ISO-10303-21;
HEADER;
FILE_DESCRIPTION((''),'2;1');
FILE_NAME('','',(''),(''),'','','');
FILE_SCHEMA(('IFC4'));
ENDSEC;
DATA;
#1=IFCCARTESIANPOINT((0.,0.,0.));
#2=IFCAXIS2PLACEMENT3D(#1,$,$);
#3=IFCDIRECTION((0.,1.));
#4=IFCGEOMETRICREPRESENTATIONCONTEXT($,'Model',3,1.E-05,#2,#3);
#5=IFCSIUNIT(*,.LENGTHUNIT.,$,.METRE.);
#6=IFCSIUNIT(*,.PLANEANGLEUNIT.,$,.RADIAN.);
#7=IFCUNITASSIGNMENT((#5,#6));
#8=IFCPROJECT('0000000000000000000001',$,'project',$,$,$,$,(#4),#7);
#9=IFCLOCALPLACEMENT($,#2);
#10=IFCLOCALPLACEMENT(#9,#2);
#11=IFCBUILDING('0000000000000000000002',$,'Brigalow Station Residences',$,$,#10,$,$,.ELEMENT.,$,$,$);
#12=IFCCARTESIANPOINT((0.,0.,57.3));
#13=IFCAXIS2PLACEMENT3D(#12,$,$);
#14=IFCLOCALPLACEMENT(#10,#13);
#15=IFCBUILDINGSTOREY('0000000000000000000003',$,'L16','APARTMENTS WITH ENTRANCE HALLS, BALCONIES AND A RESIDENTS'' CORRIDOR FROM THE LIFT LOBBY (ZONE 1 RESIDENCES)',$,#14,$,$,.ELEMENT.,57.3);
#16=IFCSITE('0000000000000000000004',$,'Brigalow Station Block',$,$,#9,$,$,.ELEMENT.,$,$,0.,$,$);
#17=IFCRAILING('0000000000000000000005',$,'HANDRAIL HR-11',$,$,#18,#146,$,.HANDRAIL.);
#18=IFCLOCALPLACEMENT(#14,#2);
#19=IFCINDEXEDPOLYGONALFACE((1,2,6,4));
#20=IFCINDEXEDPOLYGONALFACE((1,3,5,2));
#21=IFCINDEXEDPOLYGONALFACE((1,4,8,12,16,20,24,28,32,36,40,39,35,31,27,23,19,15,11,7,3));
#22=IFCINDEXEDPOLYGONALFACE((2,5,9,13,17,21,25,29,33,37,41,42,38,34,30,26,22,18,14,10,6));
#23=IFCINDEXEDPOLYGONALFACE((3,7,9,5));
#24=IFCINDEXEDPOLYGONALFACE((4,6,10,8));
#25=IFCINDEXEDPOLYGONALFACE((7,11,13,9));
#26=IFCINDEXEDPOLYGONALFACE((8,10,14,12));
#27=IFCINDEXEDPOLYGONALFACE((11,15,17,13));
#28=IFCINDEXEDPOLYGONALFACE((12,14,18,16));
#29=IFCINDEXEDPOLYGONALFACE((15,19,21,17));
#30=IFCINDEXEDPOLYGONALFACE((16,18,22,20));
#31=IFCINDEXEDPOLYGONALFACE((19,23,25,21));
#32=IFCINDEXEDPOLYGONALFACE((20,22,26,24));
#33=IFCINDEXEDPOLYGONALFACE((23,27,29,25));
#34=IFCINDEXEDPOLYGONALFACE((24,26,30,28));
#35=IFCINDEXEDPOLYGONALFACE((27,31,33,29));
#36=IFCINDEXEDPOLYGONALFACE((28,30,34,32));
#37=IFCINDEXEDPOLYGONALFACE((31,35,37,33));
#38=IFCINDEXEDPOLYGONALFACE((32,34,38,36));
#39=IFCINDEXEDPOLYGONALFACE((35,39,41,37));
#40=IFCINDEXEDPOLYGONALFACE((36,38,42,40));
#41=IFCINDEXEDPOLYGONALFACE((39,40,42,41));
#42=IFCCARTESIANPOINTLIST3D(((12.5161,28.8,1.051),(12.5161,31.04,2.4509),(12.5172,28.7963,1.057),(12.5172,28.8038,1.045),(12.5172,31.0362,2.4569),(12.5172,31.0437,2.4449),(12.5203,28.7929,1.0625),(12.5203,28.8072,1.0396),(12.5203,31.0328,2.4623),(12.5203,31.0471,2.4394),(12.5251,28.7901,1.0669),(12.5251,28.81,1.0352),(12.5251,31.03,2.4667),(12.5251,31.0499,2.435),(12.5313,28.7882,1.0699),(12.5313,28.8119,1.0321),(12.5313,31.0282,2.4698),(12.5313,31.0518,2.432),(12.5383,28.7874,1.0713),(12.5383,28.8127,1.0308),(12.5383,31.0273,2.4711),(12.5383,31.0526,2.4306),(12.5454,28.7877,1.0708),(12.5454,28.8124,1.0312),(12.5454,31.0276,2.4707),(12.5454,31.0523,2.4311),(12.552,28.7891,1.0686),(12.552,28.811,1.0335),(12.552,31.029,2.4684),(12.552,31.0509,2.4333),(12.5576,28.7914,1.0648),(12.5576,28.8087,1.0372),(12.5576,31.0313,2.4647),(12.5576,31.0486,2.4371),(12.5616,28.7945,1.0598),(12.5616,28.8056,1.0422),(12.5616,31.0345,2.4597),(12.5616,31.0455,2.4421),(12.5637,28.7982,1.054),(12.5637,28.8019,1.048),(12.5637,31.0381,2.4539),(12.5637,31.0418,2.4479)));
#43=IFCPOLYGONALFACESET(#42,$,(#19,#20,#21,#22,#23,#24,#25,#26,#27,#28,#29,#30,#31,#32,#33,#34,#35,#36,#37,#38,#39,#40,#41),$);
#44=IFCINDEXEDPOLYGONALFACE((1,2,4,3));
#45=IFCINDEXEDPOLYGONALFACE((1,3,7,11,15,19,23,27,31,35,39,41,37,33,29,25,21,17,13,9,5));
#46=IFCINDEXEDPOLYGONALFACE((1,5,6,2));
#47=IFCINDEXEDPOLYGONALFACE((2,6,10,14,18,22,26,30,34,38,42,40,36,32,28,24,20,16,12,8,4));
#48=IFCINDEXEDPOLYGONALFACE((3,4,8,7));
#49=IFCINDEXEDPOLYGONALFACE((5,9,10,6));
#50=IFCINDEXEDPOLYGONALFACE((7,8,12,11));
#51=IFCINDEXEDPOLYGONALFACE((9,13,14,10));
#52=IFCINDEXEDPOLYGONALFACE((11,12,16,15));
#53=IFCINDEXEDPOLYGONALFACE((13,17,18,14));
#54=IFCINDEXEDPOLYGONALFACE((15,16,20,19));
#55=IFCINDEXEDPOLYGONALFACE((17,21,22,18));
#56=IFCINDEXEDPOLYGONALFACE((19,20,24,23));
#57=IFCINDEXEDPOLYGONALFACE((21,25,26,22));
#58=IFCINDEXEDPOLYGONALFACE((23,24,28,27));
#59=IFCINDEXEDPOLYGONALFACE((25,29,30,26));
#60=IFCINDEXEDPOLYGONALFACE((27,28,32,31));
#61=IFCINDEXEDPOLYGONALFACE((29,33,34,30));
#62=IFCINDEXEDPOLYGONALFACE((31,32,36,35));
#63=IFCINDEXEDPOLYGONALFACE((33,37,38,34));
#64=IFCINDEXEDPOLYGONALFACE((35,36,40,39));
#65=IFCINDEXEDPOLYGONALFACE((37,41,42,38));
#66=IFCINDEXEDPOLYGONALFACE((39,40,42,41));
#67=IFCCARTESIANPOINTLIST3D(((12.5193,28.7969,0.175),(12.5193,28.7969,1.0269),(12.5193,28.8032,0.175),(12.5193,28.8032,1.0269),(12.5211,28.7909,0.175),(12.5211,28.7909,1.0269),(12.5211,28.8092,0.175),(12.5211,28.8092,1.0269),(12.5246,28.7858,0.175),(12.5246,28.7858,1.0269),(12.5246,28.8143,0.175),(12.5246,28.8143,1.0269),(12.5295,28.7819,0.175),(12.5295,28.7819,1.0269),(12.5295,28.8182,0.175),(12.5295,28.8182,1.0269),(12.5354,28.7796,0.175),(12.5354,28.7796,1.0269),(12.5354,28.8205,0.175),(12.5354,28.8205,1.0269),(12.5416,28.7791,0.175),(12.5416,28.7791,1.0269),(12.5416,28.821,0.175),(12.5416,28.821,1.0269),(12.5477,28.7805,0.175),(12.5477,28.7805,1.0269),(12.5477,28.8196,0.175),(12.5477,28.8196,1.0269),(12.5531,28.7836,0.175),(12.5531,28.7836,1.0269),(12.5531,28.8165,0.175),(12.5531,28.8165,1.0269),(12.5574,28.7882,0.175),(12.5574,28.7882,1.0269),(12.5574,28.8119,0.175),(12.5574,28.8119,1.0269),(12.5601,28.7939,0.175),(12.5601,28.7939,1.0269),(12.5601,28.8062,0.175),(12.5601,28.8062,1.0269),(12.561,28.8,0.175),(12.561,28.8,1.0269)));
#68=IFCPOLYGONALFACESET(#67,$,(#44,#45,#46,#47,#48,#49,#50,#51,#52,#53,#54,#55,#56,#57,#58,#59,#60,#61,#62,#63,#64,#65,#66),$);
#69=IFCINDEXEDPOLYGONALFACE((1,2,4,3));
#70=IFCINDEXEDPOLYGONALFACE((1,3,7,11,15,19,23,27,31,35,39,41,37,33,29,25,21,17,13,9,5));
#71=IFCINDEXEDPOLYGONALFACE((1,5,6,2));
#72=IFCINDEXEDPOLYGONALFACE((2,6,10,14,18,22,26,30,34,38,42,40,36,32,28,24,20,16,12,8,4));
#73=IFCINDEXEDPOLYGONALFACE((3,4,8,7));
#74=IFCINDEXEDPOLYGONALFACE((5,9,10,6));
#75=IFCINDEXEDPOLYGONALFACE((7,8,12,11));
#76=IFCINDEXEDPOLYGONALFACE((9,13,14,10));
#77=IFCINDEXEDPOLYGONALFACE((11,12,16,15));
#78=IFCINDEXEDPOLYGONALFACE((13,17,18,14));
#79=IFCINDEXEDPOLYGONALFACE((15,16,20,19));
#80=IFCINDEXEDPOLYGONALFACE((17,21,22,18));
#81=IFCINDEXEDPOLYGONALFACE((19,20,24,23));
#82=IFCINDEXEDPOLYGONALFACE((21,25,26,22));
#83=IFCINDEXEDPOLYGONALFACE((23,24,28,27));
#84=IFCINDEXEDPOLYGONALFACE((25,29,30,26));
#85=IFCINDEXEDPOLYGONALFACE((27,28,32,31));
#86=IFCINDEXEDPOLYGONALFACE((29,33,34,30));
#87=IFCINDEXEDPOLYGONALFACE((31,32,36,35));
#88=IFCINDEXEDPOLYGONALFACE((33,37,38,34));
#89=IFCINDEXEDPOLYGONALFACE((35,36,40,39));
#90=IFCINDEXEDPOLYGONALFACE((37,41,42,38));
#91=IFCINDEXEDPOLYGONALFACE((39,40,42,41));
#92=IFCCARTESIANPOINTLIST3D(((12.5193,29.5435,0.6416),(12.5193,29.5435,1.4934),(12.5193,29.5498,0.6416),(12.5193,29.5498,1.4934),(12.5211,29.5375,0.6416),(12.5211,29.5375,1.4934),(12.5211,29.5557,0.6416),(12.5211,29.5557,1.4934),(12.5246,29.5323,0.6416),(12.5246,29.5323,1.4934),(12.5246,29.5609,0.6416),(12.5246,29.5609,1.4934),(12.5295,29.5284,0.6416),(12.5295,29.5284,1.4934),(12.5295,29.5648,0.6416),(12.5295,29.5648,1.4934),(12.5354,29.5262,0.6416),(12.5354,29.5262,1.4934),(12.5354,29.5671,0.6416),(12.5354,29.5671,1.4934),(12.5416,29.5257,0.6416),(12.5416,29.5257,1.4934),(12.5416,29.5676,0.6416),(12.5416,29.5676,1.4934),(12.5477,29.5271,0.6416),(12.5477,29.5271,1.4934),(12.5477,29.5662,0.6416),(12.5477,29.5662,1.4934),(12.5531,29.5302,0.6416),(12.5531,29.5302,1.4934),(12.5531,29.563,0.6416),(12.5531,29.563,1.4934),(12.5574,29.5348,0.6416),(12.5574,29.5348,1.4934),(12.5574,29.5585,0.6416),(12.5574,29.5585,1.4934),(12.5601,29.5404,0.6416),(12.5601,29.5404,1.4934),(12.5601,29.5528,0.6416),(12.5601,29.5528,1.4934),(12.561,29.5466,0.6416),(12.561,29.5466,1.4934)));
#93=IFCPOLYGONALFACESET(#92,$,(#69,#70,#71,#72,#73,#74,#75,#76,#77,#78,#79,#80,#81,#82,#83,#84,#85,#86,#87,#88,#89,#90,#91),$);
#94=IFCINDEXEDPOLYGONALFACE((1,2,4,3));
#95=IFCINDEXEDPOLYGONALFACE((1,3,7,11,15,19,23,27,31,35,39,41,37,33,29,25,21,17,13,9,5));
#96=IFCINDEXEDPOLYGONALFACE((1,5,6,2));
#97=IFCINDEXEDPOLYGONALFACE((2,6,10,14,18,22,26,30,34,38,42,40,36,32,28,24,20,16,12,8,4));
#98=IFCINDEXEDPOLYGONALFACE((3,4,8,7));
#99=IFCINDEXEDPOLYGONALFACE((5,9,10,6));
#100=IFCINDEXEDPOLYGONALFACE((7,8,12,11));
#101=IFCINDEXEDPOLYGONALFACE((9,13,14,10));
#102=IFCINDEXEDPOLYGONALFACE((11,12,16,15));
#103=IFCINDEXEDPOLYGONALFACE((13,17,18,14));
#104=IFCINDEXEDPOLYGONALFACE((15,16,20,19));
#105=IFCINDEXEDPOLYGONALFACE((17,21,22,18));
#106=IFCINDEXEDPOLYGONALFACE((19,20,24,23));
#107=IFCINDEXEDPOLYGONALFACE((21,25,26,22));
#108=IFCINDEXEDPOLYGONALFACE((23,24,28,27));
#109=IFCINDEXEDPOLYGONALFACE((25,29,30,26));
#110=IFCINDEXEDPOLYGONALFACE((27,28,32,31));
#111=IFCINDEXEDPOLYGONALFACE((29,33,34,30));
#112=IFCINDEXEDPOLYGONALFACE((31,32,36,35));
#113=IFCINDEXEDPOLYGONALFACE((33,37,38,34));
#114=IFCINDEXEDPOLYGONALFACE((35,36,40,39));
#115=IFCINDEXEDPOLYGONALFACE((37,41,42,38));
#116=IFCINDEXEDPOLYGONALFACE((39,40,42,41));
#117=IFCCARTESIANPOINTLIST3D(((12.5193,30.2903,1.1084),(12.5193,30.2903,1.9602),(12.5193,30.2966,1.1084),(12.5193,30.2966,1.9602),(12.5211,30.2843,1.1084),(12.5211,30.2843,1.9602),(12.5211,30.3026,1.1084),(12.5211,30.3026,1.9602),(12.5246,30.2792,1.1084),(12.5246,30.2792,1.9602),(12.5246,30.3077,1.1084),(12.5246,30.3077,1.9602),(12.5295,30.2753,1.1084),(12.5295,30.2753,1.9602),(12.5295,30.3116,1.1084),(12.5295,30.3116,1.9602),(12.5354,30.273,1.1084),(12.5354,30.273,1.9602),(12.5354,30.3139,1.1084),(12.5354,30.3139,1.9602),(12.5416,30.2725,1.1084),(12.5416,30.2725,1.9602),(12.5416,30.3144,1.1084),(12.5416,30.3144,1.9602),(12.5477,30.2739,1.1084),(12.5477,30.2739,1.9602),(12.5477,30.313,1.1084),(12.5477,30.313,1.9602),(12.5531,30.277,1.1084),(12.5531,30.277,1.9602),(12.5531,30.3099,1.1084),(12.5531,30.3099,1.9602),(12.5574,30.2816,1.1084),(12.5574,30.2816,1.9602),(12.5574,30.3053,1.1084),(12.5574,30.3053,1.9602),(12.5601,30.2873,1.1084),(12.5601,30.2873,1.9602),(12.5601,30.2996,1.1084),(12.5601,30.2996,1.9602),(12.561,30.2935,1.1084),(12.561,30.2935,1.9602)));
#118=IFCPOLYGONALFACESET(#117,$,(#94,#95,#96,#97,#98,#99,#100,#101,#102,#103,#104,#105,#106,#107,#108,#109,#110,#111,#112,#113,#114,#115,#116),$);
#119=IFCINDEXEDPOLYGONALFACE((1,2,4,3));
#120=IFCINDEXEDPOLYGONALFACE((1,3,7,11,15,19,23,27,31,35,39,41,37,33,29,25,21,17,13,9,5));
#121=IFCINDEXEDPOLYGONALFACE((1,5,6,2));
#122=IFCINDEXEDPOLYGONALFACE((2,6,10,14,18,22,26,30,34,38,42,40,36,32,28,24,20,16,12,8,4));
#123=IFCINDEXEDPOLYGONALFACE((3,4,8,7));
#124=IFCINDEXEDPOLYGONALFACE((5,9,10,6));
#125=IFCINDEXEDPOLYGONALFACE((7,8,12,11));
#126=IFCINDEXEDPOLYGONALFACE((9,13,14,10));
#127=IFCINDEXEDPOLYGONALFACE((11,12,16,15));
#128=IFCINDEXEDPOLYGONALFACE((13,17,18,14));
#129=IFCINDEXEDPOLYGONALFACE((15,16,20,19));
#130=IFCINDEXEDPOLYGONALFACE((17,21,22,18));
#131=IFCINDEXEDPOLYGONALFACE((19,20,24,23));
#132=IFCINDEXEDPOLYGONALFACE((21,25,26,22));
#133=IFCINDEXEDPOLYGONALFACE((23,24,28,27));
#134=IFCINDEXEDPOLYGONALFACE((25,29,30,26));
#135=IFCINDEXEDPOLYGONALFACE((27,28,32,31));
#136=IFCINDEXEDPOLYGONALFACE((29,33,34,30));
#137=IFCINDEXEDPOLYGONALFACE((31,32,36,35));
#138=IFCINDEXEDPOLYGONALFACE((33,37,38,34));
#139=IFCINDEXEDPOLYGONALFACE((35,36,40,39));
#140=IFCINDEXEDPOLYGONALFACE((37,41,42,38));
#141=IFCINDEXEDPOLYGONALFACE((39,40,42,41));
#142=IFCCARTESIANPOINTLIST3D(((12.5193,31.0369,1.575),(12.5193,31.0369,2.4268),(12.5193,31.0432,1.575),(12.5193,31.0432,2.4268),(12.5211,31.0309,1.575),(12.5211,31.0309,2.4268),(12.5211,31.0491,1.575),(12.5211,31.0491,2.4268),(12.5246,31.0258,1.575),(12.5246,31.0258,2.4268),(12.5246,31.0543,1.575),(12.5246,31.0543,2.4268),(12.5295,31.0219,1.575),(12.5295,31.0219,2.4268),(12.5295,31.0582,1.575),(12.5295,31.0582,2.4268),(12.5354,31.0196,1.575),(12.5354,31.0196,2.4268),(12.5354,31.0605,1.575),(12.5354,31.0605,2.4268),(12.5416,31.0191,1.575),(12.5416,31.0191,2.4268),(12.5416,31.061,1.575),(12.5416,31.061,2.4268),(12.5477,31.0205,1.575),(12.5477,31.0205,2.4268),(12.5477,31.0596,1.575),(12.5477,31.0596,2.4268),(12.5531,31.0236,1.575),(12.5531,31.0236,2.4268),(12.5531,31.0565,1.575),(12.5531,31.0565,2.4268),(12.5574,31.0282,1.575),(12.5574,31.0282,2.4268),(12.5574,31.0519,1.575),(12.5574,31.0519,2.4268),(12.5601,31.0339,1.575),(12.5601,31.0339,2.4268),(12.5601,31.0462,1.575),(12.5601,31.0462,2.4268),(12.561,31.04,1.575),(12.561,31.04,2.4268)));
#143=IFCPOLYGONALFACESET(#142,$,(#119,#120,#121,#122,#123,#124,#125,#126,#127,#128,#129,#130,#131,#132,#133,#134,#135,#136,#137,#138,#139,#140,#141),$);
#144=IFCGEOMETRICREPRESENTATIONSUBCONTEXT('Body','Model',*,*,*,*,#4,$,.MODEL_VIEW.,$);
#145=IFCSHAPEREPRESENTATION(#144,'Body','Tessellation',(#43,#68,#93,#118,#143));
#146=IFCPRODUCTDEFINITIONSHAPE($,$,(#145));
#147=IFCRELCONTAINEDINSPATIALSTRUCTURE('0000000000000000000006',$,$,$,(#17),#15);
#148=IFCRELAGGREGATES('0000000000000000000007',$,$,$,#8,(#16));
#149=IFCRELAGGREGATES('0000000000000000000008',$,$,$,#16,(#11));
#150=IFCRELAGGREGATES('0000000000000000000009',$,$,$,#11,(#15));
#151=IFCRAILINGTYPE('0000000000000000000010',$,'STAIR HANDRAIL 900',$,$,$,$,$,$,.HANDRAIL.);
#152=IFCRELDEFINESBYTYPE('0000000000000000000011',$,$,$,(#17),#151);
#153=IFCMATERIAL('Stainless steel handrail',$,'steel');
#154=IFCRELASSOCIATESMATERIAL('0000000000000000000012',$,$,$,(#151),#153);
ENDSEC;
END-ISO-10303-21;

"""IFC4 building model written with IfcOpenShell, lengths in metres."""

from ifc_helpers import new_model, si_unit, direction, frame, origin, origin_2d, place, context, subcontext, project, spatial, circle, extrude, material, type_object, element, save


model = new_model("IFC4")

# Units and contexts
model_context = context("Model", 3, precision=1e-05, world=origin(), true_north=direction((0.0, 1.0)))
body_context = subcontext(model_context, "Body", "Model", "MODEL_VIEW")
ifc_project = project(units=[si_unit("LENGTHUNIT", "METRE"), si_unit("PLANEANGLEUNIT", "RADIAN")], contexts=[model_context])

# Site, building, storey
site_placement = place(None, origin())
site = spatial("IfcSite", under=ifc_project, at=site_placement, Name="Brigalow Station Block", CompositionType="ELEMENT", RefElevation=0.0)
building_placement = place(site_placement, origin())
building = spatial("IfcBuilding", under=site, at=building_placement, Name="Brigalow Station Residences", CompositionType="ELEMENT")
storey_placement = place(building_placement, frame((0.0, 0.0, 57.3)))
storey = spatial("IfcBuildingStorey", under=building, at=storey_placement, Name="L16", Description="APARTMENTS WITH ENTRANCE HALLS, BALCONIES AND A RESIDENTS' CORRIDOR FROM THE LIFT LOBBY (ZONE 1 RESIDENCES)", CompositionType="ELEMENT", Elevation=57.3)

# Railing
ifc_material_1 = material(Name="Stainless steel handrail", Category="steel")
railing_type = type_object("IfcRailingType", Name="STAIR HANDRAIL 900", PredefinedType="HANDRAIL", material=ifc_material_1)
railing_placement = place(storey_placement, frame((12.54, 28.8, 0.175)))
element("IfcRailing", 1, at=railing_placement, inside=storey, type_object=railing_type, Name="HANDRAIL HR-11", PredefinedType="HANDRAIL", context=body_context, shape_type="SweptSolid", body=[
    extrude(circle(Radius=0.0239, at=origin_2d()), frame((0.0, 0.0, 0.876), z_axis=(0.0, 0.848014, 0.529974), x_axis=(-1.0, 0.0, 0.0)), (0.0, 0.0, 1.0), 2.6414),
    extrude(circle(Radius=0.021, at=origin_2d()), origin(), (0.0, 0.0, 1.0), 0.8518),
    extrude(circle(Radius=0.021, at=origin_2d()), frame((0.0, 0.7466, 0.4666)), (0.0, 0.0, 1.0), 0.8518),
    extrude(circle(Radius=0.021, at=origin_2d()), frame((0.0, 1.4934, 0.9333)), (0.0, 0.0, 1.0), 0.8518),
    extrude(circle(Radius=0.021, at=origin_2d()), frame((0.0, 2.24, 1.3999)), (0.0, 0.0, 1.0), 0.8518),
])

save(model, "model.ifc")
